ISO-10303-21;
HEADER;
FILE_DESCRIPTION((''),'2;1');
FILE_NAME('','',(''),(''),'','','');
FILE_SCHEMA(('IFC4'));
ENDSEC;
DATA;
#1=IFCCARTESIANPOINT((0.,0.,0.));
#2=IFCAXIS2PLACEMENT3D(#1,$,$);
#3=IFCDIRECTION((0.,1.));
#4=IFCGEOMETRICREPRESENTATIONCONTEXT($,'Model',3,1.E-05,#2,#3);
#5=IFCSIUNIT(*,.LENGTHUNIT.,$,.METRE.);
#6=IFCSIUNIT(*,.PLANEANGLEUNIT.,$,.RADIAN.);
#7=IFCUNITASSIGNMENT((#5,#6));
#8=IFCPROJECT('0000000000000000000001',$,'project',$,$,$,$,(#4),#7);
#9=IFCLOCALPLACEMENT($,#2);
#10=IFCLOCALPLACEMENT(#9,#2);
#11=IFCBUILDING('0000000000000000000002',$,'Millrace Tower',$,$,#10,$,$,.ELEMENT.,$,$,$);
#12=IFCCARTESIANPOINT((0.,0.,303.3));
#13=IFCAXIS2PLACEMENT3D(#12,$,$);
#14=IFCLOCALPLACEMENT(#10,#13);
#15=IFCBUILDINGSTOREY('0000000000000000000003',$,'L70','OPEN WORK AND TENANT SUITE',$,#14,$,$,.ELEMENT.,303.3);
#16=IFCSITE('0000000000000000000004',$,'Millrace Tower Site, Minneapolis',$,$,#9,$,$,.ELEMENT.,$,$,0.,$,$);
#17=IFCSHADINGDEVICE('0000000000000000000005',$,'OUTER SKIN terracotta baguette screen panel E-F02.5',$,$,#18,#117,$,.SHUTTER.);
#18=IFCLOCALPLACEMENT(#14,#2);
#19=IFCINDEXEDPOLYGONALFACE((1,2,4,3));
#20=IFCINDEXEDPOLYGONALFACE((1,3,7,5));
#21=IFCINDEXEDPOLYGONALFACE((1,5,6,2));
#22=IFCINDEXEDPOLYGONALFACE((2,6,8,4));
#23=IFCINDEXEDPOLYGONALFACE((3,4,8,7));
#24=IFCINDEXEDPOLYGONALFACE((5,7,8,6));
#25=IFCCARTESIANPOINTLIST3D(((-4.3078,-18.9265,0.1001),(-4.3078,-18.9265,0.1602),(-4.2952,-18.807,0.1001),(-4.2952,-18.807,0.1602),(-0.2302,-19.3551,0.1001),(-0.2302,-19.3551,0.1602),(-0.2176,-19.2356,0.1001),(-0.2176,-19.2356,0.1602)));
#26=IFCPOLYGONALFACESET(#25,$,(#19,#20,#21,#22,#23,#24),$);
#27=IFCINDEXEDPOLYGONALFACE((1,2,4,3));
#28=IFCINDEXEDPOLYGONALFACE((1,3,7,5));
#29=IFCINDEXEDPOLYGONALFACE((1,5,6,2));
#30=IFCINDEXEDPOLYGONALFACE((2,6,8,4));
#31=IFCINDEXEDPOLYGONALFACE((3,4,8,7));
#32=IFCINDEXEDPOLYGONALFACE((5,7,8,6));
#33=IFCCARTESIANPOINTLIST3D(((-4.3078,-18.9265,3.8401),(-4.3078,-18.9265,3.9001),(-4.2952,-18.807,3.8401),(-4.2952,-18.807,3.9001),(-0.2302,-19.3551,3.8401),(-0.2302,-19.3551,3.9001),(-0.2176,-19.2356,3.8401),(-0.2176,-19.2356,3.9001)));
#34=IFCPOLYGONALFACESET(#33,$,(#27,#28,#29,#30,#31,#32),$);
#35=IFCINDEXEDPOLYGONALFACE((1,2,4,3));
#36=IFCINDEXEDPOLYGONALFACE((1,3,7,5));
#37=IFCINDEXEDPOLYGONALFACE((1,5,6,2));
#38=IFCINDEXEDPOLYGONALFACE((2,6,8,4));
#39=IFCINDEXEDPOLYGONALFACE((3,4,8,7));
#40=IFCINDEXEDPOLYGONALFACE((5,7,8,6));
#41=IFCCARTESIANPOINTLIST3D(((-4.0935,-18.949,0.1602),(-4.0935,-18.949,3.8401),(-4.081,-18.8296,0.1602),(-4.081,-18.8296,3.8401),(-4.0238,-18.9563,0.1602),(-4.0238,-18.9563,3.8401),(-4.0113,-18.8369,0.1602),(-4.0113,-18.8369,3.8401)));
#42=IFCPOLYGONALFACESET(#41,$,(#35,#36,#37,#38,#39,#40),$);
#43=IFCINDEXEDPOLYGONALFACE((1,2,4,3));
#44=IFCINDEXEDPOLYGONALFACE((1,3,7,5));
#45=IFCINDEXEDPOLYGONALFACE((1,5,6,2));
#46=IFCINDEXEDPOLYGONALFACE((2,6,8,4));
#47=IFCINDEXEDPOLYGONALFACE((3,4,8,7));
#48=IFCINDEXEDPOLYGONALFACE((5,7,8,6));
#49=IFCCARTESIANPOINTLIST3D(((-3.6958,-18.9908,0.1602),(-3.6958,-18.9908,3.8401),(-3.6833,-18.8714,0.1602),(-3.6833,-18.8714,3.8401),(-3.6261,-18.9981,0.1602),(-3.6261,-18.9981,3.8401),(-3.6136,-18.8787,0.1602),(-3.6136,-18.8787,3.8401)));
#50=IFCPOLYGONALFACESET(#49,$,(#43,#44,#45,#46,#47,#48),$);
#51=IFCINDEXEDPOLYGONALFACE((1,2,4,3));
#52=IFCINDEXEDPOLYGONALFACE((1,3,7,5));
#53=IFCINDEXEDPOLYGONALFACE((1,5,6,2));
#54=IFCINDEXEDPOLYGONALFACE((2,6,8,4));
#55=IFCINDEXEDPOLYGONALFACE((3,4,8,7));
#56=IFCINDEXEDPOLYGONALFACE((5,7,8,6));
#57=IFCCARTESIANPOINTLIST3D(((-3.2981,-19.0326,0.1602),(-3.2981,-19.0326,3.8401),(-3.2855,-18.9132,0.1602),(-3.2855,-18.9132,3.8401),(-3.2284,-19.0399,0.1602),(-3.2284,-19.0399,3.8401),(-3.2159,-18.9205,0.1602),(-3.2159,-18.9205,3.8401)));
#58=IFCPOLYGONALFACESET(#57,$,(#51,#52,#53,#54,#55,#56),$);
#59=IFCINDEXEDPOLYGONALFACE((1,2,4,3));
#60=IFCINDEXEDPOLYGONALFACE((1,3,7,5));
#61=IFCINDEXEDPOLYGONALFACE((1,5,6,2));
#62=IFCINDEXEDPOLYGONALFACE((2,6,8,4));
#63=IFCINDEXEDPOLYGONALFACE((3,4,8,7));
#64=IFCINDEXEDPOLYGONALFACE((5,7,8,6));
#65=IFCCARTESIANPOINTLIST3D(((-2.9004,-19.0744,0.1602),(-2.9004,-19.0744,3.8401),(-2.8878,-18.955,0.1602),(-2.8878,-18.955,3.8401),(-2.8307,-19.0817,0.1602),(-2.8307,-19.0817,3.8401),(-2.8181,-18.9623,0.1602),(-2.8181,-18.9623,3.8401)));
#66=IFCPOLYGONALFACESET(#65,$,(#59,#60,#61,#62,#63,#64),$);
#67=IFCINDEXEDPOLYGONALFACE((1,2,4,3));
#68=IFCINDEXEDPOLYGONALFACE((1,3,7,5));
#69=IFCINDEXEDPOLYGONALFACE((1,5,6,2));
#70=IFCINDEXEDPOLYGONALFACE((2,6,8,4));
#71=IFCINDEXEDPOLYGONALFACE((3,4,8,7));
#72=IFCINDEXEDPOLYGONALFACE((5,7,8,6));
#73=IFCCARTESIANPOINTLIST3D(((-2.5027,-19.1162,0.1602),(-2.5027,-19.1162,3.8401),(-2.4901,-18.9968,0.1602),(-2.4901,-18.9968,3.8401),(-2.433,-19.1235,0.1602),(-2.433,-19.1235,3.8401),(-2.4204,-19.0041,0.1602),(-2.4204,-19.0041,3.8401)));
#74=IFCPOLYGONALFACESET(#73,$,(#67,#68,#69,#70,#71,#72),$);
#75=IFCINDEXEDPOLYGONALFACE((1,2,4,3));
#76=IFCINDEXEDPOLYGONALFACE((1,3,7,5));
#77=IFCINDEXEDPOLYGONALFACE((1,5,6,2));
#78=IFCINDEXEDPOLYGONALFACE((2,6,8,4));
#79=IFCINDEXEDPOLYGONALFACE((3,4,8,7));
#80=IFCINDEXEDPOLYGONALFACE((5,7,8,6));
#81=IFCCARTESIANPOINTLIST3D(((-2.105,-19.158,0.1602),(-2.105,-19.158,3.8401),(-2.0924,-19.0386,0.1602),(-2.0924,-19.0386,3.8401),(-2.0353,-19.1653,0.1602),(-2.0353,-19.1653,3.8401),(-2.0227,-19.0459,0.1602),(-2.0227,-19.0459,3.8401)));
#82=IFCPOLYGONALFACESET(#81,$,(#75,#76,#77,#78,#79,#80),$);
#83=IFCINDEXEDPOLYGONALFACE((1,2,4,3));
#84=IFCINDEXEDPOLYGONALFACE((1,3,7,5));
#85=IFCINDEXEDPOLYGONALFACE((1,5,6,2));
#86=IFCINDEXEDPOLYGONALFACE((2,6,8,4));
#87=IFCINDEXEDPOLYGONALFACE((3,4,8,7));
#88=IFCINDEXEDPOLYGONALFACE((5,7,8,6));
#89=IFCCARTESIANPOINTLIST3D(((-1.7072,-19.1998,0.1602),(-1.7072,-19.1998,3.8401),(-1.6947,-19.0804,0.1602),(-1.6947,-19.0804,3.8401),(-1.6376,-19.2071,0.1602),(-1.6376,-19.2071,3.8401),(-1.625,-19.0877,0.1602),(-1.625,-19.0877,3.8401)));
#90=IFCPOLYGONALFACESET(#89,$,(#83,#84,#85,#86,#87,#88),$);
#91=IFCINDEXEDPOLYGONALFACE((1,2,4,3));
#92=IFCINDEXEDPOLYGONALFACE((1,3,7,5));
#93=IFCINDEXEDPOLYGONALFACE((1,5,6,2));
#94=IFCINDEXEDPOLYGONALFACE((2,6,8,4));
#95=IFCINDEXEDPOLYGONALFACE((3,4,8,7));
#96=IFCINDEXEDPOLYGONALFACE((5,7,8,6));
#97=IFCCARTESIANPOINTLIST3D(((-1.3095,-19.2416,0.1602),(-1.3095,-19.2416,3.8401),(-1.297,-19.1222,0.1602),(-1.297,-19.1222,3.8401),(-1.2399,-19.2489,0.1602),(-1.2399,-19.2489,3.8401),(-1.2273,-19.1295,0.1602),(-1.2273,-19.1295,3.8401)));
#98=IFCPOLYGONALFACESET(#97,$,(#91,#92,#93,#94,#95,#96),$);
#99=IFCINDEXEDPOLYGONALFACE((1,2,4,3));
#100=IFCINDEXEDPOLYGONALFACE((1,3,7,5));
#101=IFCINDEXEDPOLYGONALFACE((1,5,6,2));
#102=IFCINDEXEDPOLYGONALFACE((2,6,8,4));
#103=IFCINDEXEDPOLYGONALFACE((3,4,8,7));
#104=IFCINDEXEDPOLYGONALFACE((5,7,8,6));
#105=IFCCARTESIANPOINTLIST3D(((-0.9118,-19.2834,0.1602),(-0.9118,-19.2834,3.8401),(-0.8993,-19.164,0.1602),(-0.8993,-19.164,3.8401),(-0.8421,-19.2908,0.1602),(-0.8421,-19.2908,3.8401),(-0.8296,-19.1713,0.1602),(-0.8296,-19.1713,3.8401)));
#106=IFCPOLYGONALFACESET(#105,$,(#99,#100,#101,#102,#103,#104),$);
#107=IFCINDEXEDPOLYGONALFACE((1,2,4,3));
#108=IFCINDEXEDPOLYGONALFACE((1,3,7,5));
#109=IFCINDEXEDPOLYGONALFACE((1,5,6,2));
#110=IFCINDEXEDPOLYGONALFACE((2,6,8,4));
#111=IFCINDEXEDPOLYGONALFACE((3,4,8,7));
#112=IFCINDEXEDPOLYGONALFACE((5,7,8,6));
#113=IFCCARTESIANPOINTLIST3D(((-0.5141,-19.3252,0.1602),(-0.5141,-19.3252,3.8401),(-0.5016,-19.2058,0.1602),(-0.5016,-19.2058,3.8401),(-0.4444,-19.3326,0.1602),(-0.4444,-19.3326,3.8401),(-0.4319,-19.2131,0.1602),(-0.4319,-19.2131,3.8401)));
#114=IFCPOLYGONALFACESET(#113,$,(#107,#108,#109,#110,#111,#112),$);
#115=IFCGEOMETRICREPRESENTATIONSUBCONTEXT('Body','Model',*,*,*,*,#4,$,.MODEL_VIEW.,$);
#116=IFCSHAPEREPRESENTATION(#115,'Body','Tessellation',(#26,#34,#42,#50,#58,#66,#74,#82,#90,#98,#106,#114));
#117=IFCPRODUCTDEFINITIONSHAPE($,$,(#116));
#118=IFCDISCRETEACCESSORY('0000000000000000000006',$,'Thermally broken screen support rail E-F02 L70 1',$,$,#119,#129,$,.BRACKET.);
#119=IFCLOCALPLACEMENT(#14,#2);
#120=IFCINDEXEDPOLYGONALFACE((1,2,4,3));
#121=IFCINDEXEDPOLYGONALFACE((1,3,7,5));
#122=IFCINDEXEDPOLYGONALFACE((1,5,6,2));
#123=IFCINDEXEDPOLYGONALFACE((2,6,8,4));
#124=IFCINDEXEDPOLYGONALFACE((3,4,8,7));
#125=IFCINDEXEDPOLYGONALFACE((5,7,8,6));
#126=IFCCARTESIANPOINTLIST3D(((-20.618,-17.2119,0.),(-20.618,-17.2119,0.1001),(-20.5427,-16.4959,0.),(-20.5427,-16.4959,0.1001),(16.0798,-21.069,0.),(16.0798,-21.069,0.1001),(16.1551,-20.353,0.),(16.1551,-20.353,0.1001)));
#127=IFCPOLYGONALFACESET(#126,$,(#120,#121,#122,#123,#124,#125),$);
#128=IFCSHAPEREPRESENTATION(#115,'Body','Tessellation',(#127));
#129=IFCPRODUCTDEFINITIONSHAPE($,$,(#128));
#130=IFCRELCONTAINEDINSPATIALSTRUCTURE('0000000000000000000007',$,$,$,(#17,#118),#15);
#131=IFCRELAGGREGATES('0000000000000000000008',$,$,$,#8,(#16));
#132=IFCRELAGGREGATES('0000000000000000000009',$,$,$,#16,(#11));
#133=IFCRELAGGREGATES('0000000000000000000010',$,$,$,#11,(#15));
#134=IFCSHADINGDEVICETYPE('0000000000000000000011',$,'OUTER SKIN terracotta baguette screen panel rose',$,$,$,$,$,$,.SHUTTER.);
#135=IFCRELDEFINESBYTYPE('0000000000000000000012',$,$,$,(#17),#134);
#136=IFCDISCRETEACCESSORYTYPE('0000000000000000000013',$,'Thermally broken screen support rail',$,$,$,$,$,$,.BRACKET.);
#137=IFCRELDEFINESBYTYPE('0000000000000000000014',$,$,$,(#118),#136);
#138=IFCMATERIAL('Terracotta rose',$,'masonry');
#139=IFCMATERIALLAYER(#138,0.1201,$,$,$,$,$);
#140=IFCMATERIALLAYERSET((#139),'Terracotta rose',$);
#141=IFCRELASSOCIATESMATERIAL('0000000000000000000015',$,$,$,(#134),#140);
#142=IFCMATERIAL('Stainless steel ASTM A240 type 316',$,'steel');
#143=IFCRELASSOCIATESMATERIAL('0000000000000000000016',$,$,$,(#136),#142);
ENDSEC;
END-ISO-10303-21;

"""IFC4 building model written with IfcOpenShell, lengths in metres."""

from ifc_helpers import new_model, entity, si_unit, direction, frame, frame_2d, origin, origin_2d, place, context, subcontext, project, spatial, rectangle, extrude, source, transform, mapped, material, layer, layer_set, type_object, element, save


model = new_model("IFC4")

# Units and contexts
model_context = context("Model", 3, precision=1e-05, world=origin(), true_north=direction((0.0, 1.0)))
body_context = subcontext(model_context, "Body", "Model", "MODEL_VIEW")
ifc_project = project(units=[si_unit("LENGTHUNIT", "METRE"), si_unit("PLANEANGLEUNIT", "RADIAN")], contexts=[model_context])

# Site, building, storey
site_placement = place(None, origin())
site = spatial("IfcSite", under=ifc_project, at=site_placement, Name="Millrace Tower Site, Minneapolis", CompositionType="ELEMENT", RefElevation=0.0)
building_placement = place(site_placement, origin())
building = spatial("IfcBuilding", under=site, at=building_placement, Name="Millrace Tower", CompositionType="ELEMENT")
storey_placement = place(building_placement, frame((0.0, 0.0, 303.3)))
storey = spatial("IfcBuildingStorey", under=building, at=storey_placement, Name="L70", Description="OPEN WORK AND TENANT SUITE", CompositionType="ELEMENT", Elevation=303.3)

# Shading device
ifc_material_1 = material(Name="Terracotta rose", Category="masonry")
ifc_layer_1 = layer(ifc_material_1, 0.1201)
ifc_layer_set_1 = layer_set([ifc_layer_1], Name="Terracotta rose")
shading_device_type = type_object("IfcShadingDeviceType", Name="OUTER SKIN terracotta baguette screen panel rose", PredefinedType="SHUTTER", material=ifc_layer_set_1)
cartesian_point = entity("IfcCartesianPoint", [-2.05, 0.0601])
shared_polyline = entity("IfcPolyline", [cartesian_point, entity("IfcCartesianPoint", [2.05, 0.0601]), entity("IfcCartesianPoint", [2.05, -0.0601]), entity("IfcCartesianPoint", [-2.05, -0.0601]), cartesian_point])
shared_shape = source(origin(), body_context, "Body", "SweptSolid", [
    entity("IfcExtrudedAreaSolid", entity("IfcArbitraryClosedProfileDef", "AREA", None, shared_polyline), entity("IfcAxis2Placement3D", entity("IfcCartesianPoint", [0.0, 0.0, 0.0])), entity("IfcDirection", [0.0, 0.0, 1.0]), 0.0601),
    entity("IfcExtrudedAreaSolid", entity("IfcArbitraryClosedProfileDef", "AREA", None, shared_polyline), entity("IfcAxis2Placement3D", entity("IfcCartesianPoint", [0.0, 0.0, 3.74])), entity("IfcDirection", [0.0, 0.0, 1.0]), 0.0601),
    extrude(rectangle(XDim=0.0701, YDim=0.1201, at=frame_2d((-1.7996, 0.0))), frame((0.0, 0.0, 0.0601)), (0.0, 0.0, 1.0), 3.6799),
    extrude(rectangle(XDim=0.0701, YDim=0.1201, at=frame_2d((-1.3997, 0.0))), frame((0.0, 0.0, 0.0601)), (0.0, 0.0, 1.0), 3.6799),
    extrude(rectangle(XDim=0.0701, YDim=0.1201, at=frame_2d((-0.9998, 0.0))), frame((0.0, 0.0, 0.0601)), (0.0, 0.0, 1.0), 3.6799),
    extrude(rectangle(XDim=0.0701, YDim=0.1201, at=frame_2d((-0.5999, 0.0))), frame((0.0, 0.0, 0.0601)), (0.0, 0.0, 1.0), 3.6799),
    extrude(rectangle(XDim=0.0701, YDim=0.1201, at=frame_2d((-0.2, 0.0))), frame((0.0, 0.0, 0.0601)), (0.0, 0.0, 1.0), 3.6799),
    extrude(rectangle(XDim=0.0701, YDim=0.1201, at=frame_2d((0.2, 0.0))), frame((0.0, 0.0, 0.0601)), (0.0, 0.0, 1.0), 3.6799),
    extrude(rectangle(XDim=0.0701, YDim=0.1201, at=frame_2d((0.5999, 0.0))), frame((0.0, 0.0, 0.0601)), (0.0, 0.0, 1.0), 3.6799),
    extrude(rectangle(XDim=0.0701, YDim=0.1201, at=frame_2d((0.9998, 0.0))), frame((0.0, 0.0, 0.0601)), (0.0, 0.0, 1.0), 3.6799),
    extrude(rectangle(XDim=0.0701, YDim=0.1201, at=frame_2d((1.3997, 0.0))), frame((0.0, 0.0, 0.0601)), (0.0, 0.0, 1.0), 3.6799),
    extrude(rectangle(XDim=0.0701, YDim=0.1201, at=frame_2d((1.7996, 0.0))), frame((0.0, 0.0, 0.0601)), (0.0, 0.0, 1.0), 3.6799),
])
for number, where, z_axis, x_axis, name in (
    (1, (-2.2627, -19.0811, 0.1001), (0.0, 0.0, 1.0), (0.994522, -0.104528, 0.0), "OUTER SKIN terracotta baguette screen panel E-F02.5"),
):
    element("IfcShadingDevice", number, at=place(storey_placement, frame(where, z_axis=z_axis, x_axis=x_axis)), inside=storey, type_object=shading_device_type, Name=name, PredefinedType="SHUTTER", context=body_context, shape_type="MappedRepresentation", body=[
        mapped(shared_shape, transform((0.0, 0.0, 0.0), scale=1.0)),
    ])

# Discrete accessory
ifc_material_2 = material(Name="Stainless steel ASTM A240 type 316", Category="steel")
discrete_accessory_type = type_object("IfcDiscreteAccessoryType", Name="Thermally broken screen support rail", PredefinedType="BRACKET", material=ifc_material_2)
discrete_accessory_placement = place(storey_placement, frame((-2.2314, -18.7825, 0.0), z_axis=(0.0, 0.0, 1.0), x_axis=(0.994522, -0.104528, 0.0)))
element("IfcDiscreteAccessory", 2, at=discrete_accessory_placement, inside=storey, type_object=discrete_accessory_type, Name="Thermally broken screen support rail E-F02 L70 1", PredefinedType="BRACKET", context=body_context, shape_type="SweptSolid", body=[
    extrude(rectangle(XDim=36.8999, YDim=0.72, at=origin_2d()), origin(), (0.0, 0.0, 1.0), 0.1001),
])

save(model, "model.ifc")
